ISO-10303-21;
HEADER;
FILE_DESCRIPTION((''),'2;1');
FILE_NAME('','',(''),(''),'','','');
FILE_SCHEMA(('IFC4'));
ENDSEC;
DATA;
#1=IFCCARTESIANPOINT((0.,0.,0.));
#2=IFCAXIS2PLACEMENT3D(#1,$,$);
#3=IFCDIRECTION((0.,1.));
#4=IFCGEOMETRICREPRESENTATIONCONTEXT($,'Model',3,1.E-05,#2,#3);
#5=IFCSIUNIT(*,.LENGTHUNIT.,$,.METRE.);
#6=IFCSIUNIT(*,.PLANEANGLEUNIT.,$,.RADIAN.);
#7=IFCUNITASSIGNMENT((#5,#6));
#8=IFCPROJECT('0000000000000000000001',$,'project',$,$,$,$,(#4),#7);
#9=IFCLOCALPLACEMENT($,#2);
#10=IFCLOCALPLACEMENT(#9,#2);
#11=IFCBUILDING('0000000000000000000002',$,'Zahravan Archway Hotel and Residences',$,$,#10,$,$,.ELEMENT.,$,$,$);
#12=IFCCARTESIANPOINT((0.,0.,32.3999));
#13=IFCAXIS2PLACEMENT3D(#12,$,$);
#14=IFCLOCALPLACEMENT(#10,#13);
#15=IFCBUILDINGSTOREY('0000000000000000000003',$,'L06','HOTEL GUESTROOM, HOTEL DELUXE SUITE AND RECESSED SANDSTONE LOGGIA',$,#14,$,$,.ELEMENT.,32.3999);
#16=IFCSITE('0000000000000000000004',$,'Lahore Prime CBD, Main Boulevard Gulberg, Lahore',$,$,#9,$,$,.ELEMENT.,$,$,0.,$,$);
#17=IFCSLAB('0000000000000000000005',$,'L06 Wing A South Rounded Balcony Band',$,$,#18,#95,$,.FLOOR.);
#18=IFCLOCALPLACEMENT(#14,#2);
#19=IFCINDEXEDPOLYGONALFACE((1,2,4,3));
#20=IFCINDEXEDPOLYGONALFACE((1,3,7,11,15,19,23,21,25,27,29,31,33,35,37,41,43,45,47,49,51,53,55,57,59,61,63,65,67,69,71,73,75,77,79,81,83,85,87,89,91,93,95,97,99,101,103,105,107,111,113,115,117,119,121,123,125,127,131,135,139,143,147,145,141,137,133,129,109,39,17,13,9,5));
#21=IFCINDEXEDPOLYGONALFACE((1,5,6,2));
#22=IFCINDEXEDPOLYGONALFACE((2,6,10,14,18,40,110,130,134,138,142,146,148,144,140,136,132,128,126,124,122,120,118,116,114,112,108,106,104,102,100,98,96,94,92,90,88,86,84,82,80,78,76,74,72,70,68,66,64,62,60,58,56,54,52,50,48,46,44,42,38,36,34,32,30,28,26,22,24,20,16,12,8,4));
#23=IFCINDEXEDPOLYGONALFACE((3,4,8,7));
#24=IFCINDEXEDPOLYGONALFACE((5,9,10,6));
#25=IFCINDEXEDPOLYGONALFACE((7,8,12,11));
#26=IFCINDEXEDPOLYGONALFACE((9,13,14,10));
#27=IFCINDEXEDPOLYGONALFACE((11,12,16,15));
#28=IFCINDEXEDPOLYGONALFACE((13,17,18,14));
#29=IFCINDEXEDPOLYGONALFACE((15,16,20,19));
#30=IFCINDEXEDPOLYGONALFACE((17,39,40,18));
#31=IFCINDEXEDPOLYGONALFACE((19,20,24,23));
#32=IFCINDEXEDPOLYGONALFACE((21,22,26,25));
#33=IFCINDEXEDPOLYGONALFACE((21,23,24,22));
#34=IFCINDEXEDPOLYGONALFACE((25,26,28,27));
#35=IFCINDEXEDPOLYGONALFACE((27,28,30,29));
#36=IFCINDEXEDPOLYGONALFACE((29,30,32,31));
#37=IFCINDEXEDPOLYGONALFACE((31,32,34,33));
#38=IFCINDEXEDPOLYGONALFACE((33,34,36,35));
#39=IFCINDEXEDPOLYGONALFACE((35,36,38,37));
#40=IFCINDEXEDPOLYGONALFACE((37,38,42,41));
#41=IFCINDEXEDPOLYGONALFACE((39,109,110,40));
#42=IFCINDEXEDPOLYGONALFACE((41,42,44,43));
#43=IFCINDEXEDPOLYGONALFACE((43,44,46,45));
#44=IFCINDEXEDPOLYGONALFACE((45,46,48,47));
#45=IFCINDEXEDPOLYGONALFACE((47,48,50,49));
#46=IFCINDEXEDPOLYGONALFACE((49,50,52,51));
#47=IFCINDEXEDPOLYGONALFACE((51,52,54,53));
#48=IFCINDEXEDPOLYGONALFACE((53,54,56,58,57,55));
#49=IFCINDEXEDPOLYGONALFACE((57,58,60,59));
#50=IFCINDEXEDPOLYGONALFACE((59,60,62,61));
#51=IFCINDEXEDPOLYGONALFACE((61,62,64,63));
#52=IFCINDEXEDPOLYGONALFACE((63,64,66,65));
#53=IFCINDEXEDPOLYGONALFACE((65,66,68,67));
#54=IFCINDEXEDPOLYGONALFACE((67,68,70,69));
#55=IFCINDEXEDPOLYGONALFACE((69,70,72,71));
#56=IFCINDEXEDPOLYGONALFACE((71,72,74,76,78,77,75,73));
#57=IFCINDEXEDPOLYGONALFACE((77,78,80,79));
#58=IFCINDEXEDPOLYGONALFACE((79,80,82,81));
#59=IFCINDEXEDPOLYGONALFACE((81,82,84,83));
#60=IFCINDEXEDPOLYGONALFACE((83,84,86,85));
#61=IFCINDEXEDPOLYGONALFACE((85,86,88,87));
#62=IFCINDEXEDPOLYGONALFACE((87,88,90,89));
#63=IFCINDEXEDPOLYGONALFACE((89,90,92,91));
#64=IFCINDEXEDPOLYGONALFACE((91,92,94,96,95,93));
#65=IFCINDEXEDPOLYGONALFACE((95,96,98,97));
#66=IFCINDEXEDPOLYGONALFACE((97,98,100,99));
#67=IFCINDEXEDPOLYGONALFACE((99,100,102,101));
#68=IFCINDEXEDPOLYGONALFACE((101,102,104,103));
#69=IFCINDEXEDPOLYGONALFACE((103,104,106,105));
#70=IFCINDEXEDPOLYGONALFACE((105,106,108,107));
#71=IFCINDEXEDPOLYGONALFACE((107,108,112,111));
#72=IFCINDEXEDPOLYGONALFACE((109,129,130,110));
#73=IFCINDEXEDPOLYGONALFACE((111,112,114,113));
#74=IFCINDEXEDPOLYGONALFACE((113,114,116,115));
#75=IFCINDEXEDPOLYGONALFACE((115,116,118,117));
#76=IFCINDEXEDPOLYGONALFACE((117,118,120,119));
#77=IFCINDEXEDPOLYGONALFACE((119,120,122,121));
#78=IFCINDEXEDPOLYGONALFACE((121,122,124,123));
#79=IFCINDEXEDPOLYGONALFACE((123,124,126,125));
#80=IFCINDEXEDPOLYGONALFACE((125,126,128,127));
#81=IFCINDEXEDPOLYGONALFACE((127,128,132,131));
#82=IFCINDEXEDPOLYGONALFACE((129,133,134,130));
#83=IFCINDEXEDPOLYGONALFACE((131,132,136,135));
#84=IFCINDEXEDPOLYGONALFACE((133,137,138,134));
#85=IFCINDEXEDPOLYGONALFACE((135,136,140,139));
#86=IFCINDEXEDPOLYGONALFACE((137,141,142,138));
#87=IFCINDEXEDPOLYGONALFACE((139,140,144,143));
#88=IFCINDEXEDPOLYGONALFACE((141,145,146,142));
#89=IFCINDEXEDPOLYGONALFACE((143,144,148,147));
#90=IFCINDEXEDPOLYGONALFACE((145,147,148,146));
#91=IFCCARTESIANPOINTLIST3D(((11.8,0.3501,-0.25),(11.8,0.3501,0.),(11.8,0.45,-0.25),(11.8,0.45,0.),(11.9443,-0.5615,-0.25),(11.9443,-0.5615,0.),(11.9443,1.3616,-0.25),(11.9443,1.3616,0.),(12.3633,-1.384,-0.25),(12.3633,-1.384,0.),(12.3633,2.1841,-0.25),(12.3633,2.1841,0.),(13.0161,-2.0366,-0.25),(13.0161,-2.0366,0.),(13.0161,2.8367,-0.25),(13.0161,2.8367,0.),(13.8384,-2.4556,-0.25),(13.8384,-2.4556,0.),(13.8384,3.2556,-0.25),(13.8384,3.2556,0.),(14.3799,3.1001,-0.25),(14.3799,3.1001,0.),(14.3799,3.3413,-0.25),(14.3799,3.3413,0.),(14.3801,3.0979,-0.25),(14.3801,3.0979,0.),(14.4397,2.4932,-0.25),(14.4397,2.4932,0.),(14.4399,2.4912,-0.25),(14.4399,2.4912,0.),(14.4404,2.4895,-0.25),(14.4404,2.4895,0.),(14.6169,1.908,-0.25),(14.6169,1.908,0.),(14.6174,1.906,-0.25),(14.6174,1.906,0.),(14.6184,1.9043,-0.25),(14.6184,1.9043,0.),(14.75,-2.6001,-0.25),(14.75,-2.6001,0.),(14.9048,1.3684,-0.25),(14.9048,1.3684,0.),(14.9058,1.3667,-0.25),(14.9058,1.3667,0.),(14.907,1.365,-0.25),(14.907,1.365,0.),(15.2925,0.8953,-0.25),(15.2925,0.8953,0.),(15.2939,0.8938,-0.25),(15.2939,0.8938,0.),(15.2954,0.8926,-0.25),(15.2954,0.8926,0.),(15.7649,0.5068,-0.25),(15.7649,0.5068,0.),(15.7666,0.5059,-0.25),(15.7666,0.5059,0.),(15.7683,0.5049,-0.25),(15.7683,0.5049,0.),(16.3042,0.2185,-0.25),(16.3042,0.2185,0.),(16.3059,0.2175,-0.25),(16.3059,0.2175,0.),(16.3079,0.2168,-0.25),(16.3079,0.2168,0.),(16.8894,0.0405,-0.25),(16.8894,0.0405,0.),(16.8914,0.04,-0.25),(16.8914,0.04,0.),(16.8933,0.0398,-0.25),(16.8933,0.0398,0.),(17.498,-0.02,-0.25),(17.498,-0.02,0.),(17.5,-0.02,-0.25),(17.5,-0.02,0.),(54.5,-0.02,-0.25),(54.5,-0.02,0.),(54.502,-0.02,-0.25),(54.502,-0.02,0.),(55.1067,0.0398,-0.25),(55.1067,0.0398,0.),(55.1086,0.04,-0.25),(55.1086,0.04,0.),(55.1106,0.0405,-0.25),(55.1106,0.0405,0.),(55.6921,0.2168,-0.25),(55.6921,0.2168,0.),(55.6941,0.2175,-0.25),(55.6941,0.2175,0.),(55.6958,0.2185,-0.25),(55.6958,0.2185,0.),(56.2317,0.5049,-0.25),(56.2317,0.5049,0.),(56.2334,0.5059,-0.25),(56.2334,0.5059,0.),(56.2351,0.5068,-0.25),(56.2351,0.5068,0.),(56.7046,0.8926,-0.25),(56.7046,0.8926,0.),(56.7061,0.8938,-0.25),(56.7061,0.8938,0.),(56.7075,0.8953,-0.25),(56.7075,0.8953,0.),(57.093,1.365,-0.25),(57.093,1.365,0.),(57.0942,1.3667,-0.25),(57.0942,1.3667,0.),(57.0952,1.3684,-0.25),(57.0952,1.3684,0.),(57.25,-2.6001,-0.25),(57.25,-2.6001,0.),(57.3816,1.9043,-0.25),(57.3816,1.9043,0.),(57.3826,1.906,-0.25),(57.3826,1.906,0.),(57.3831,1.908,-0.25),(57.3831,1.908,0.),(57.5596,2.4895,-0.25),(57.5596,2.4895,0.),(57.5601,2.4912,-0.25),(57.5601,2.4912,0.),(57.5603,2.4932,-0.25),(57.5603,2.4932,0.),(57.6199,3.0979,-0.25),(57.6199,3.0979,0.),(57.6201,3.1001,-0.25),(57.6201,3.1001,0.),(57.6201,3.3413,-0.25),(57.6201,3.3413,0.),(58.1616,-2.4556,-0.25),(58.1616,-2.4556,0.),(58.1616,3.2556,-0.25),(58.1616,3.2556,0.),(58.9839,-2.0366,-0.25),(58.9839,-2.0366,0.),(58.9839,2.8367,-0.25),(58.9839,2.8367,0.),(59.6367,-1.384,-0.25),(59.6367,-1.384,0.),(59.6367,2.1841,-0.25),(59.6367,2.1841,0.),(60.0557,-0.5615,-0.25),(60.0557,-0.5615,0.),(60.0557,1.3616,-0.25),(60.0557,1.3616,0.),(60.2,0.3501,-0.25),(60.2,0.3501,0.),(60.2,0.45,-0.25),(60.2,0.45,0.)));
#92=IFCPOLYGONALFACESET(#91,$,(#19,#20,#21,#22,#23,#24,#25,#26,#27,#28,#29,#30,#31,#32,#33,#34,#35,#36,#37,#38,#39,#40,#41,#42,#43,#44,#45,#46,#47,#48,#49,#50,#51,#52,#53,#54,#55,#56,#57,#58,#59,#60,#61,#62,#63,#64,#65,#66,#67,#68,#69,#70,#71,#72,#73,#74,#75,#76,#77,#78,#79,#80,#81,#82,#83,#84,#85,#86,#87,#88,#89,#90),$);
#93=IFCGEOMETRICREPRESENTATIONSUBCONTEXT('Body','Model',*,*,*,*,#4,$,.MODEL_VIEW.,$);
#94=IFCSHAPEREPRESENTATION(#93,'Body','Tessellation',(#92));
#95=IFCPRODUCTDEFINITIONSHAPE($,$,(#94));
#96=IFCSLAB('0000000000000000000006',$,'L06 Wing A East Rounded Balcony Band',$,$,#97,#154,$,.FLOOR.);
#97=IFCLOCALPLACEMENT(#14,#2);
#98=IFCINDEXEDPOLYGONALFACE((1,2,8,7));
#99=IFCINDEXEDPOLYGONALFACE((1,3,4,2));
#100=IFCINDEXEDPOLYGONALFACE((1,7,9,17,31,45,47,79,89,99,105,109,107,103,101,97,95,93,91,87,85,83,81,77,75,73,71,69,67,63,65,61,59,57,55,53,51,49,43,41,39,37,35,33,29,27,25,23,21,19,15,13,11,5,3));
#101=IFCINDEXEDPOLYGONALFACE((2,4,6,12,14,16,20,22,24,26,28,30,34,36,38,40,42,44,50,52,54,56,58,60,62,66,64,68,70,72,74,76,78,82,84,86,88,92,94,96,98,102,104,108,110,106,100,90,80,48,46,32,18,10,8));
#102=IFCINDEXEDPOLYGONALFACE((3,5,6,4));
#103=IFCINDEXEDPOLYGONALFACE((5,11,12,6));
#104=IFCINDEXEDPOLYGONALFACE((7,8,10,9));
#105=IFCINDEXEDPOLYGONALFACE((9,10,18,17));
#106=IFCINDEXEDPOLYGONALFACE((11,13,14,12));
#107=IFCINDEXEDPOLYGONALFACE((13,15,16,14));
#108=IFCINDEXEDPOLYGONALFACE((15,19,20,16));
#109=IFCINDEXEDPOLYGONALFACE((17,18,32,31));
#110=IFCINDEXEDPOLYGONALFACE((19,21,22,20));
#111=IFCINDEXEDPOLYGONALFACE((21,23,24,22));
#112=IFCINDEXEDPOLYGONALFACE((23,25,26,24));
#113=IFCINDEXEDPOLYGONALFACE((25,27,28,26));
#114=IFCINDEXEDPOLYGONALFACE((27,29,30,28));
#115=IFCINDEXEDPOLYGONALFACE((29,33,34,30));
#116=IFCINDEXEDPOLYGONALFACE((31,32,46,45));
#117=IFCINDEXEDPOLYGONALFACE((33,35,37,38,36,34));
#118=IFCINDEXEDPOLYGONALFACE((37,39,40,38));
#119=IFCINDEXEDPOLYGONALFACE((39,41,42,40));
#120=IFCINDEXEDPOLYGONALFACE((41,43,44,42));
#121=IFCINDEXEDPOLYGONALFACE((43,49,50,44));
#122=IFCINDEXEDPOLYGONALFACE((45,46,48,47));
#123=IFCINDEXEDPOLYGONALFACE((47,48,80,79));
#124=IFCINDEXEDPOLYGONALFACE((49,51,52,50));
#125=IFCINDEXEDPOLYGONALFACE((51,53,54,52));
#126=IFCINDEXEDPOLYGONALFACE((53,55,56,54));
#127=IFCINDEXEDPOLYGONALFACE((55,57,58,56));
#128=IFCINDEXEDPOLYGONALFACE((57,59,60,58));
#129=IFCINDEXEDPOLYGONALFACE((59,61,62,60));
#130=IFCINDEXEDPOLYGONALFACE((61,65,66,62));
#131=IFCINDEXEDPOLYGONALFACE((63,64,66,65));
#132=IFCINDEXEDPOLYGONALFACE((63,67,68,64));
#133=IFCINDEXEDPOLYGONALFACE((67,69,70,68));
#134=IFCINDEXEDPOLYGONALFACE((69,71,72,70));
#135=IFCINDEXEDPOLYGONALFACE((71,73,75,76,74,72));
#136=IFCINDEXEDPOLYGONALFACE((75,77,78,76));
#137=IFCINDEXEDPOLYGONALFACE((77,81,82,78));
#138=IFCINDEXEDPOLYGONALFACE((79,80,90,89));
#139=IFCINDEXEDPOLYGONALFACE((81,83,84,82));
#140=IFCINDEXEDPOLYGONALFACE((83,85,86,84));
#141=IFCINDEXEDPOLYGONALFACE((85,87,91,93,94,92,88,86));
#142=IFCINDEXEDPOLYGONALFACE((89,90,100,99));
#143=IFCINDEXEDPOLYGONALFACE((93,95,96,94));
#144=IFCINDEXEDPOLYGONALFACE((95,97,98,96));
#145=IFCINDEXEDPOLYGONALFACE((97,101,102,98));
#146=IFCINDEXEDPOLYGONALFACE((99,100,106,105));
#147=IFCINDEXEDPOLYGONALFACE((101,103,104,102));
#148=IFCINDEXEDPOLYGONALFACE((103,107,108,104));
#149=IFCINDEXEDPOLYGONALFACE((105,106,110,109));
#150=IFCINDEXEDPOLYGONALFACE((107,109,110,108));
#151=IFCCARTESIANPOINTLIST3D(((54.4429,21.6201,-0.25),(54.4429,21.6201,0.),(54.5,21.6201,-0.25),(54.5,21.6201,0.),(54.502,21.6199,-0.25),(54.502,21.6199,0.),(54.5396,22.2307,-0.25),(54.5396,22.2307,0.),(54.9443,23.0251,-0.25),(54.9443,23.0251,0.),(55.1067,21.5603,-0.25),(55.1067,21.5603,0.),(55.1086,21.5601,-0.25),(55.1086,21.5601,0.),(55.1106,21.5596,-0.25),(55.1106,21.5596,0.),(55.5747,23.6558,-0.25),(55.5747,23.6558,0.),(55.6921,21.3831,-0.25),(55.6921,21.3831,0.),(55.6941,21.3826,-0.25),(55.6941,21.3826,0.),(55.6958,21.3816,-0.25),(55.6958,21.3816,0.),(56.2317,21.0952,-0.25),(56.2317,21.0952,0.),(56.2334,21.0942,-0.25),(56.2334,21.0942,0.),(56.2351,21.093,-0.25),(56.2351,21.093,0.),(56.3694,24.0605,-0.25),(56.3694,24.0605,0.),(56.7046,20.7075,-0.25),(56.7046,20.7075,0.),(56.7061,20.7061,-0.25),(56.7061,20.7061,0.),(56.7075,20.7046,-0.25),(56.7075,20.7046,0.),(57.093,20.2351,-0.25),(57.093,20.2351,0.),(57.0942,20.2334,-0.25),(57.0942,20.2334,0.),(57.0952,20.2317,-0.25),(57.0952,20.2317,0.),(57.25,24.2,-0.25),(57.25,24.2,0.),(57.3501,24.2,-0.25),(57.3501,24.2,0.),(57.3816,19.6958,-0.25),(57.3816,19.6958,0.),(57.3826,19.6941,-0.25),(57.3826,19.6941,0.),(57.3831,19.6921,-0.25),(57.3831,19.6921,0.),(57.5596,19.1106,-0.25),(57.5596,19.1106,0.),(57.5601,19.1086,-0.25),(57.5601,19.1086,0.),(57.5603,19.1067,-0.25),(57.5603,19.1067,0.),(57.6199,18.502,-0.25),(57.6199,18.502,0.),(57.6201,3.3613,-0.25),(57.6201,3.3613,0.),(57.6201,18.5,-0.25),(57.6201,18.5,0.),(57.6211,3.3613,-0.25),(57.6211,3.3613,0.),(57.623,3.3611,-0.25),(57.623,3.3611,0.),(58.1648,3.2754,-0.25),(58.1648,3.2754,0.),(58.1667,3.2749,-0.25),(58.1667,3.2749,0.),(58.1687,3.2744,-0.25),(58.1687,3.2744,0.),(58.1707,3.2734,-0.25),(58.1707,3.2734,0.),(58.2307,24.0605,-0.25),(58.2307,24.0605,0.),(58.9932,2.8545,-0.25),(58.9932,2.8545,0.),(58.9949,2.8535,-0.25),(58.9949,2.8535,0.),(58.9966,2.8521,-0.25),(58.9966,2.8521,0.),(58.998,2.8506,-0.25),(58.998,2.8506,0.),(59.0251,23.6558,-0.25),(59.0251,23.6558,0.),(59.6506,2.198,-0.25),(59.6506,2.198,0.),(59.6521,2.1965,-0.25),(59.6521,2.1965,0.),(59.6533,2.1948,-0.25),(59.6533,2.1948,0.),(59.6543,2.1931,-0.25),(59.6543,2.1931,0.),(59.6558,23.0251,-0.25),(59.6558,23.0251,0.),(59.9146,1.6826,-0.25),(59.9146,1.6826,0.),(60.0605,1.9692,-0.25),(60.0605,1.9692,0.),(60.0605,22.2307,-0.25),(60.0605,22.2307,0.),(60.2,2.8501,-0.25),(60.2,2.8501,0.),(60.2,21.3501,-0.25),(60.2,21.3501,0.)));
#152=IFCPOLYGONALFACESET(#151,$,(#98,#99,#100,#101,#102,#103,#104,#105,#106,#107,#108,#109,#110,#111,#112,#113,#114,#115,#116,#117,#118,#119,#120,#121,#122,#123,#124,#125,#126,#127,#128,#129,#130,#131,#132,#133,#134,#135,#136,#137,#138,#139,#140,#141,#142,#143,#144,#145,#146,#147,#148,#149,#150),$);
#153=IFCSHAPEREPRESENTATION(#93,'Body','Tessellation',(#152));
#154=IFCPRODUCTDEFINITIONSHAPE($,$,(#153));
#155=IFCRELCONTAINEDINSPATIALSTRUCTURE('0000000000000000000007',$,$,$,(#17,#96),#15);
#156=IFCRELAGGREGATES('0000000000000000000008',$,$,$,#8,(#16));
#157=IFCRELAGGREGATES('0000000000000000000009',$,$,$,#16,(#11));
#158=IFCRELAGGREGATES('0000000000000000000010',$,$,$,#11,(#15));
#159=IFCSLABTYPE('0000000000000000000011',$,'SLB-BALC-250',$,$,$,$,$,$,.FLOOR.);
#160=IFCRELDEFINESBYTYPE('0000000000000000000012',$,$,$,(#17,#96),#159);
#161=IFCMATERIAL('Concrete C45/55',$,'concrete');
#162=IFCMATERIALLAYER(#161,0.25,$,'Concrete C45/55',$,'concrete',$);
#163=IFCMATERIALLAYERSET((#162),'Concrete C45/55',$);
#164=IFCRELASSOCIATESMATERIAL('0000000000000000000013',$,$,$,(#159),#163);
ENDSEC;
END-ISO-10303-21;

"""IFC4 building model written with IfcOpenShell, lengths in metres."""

from ifc_helpers import new_model, si_unit, direction, frame, origin, place, context, subcontext, project, spatial, polyline, outline, extrude, material, layer, layer_set, type_object, element, save


model = new_model("IFC4")

# Units and contexts
model_context = context("Model", 3, precision=1e-05, world=origin(), true_north=direction((0.0, 1.0)))
body_context = subcontext(model_context, "Body", "Model", "MODEL_VIEW")
ifc_project = project(units=[si_unit("LENGTHUNIT", "METRE"), si_unit("PLANEANGLEUNIT", "RADIAN")], contexts=[model_context])

# Site, building, storey
site_placement = place(None, origin())
site = spatial("IfcSite", under=ifc_project, at=site_placement, Name="Lahore Prime CBD, Main Boulevard Gulberg, Lahore", CompositionType="ELEMENT", RefElevation=0.0)
building_placement = place(site_placement, origin())
building = spatial("IfcBuilding", under=site, at=building_placement, Name="Zahravan Archway Hotel and Residences", CompositionType="ELEMENT")
storey_placement = place(building_placement, frame((0.0, 0.0, 32.3999)))
storey = spatial("IfcBuildingStorey", under=building, at=storey_placement, Name="L06", Description="HOTEL GUESTROOM, HOTEL DELUXE SUITE AND RECESSED SANDSTONE LOGGIA", CompositionType="ELEMENT", Elevation=32.3999)

# Slabs
ifc_material_1 = material(Name="Concrete C45/55", Category="concrete")
ifc_layer_1 = layer(ifc_material_1, 0.25, Name="Concrete C45/55", Category="concrete")
ifc_layer_set_1 = layer_set([ifc_layer_1], Name="Concrete C45/55")
slab_type_1 = type_object("IfcSlabType", Name="SLB-BALC-250", PredefinedType="FLOOR", material=ifc_layer_set_1)
slab_1_placement = place(storey_placement, frame((0.0, 0.0, -0.25)))
element("IfcSlab", 1, at=slab_1_placement, inside=storey, type_object=slab_type_1, Name="L06 Wing A South Rounded Balcony Band", PredefinedType="FLOOR", context=body_context, shape_type="SweptSolid", body=[
    extrude(outline(polyline([(58.1616, 3.2556), (58.9839, 2.8367), (59.6367, 2.1841), (60.0557, 1.3616), (60.2, 0.45), (60.2, 0.3501), (60.0557, -0.5615), (59.6367, -1.384), (58.9839, -2.0366), (58.1616, -2.4556), (57.25, -2.6001), (14.75, -2.6001), (13.8384, -2.4556), (13.0161, -2.0366), (12.3633, -1.384), (11.9443, -0.5615), (11.8, 0.3501), (11.8, 0.45), (11.9443, 1.3616), (12.3633, 2.1841), (13.0161, 2.8367), (13.8384, 3.2556), (14.3799, 3.3413), (14.3799, 3.1001), (14.3801, 3.0979), (14.4397, 2.4932), (14.4399, 2.4912), (14.4404, 2.4895), (14.6169, 1.908), (14.6174, 1.906), (14.6184, 1.9043), (14.9048, 1.3684), (14.9058, 1.3667), (14.907, 1.365), (15.2925, 0.8953), (15.2939, 0.8938), (15.2954, 0.8926), (15.7649, 0.5068), (15.7666, 0.5059), (15.7683, 0.5049), (16.3042, 0.2185), (16.3059, 0.2175), (16.3079, 0.2168), (16.8894, 0.0405), (16.8914, 0.04), (16.8933, 0.0398), (17.498, -0.02), (17.5, -0.02), (54.5, -0.02), (54.502, -0.02), (55.1067, 0.0398), (55.1086, 0.04), (55.1106, 0.0405), (55.6921, 0.2168), (55.6941, 0.2175), (55.6958, 0.2185), (56.2317, 0.5049), (56.2334, 0.5059), (56.2351, 0.5068), (56.7046, 0.8926), (56.7061, 0.8938), (56.7075, 0.8953), (57.093, 1.365), (57.0942, 1.3667), (57.0952, 1.3684), (57.3816, 1.9043), (57.3826, 1.906), (57.3831, 1.908), (57.5596, 2.4895), (57.5601, 2.4912), (57.5603, 2.4932), (57.6199, 3.0979), (57.6201, 3.1001), (57.6201, 3.3413), (58.1616, 3.2556)])), origin(), (0.0, 0.0, 1.0), 0.25),
])
slab_2_placement = place(storey_placement, frame((0.0, 0.0, -0.25)))
element("IfcSlab", 2, at=slab_2_placement, inside=storey, type_object=slab_type_1, Name="L06 Wing A East Rounded Balcony Band", PredefinedType="FLOOR", context=body_context, shape_type="SweptSolid", body=[
    extrude(outline(polyline([(54.5396, 22.2307), (54.9443, 23.0251), (55.5747, 23.6558), (56.3694, 24.0605), (57.25, 24.2), (57.3501, 24.2), (58.2307, 24.0605), (59.0251, 23.6558), (59.6558, 23.0251), (60.0605, 22.2307), (60.2, 21.3501), (60.2, 2.8501), (60.0605, 1.9692), (59.9146, 1.6826), (59.6543, 2.1931), (59.6533, 2.1948), (59.6521, 2.1965), (59.6506, 2.198), (58.998, 2.8506), (58.9966, 2.8521), (58.9949, 2.8535), (58.9932, 2.8545), (58.1707, 3.2734), (58.1687, 3.2744), (58.1667, 3.2749), (58.1648, 3.2754), (57.623, 3.3611), (57.6211, 3.3613), (57.6201, 3.3613), (57.6201, 18.5), (57.6199, 18.502), (57.5603, 19.1067), (57.5601, 19.1086), (57.5596, 19.1106), (57.3831, 19.6921), (57.3826, 19.6941), (57.3816, 19.6958), (57.0952, 20.2317), (57.0942, 20.2334), (57.093, 20.2351), (56.7075, 20.7046), (56.7061, 20.7061), (56.7046, 20.7075), (56.2351, 21.093), (56.2334, 21.0942), (56.2317, 21.0952), (55.6958, 21.3816), (55.6941, 21.3826), (55.6921, 21.3831), (55.1106, 21.5596), (55.1086, 21.5601), (55.1067, 21.5603), (54.502, 21.6199), (54.5, 21.6201), (54.4429, 21.6201), (54.5396, 22.2307)])), origin(), (0.0, 0.0, 1.0), 0.25),
])

save(model, "model.ifc")
